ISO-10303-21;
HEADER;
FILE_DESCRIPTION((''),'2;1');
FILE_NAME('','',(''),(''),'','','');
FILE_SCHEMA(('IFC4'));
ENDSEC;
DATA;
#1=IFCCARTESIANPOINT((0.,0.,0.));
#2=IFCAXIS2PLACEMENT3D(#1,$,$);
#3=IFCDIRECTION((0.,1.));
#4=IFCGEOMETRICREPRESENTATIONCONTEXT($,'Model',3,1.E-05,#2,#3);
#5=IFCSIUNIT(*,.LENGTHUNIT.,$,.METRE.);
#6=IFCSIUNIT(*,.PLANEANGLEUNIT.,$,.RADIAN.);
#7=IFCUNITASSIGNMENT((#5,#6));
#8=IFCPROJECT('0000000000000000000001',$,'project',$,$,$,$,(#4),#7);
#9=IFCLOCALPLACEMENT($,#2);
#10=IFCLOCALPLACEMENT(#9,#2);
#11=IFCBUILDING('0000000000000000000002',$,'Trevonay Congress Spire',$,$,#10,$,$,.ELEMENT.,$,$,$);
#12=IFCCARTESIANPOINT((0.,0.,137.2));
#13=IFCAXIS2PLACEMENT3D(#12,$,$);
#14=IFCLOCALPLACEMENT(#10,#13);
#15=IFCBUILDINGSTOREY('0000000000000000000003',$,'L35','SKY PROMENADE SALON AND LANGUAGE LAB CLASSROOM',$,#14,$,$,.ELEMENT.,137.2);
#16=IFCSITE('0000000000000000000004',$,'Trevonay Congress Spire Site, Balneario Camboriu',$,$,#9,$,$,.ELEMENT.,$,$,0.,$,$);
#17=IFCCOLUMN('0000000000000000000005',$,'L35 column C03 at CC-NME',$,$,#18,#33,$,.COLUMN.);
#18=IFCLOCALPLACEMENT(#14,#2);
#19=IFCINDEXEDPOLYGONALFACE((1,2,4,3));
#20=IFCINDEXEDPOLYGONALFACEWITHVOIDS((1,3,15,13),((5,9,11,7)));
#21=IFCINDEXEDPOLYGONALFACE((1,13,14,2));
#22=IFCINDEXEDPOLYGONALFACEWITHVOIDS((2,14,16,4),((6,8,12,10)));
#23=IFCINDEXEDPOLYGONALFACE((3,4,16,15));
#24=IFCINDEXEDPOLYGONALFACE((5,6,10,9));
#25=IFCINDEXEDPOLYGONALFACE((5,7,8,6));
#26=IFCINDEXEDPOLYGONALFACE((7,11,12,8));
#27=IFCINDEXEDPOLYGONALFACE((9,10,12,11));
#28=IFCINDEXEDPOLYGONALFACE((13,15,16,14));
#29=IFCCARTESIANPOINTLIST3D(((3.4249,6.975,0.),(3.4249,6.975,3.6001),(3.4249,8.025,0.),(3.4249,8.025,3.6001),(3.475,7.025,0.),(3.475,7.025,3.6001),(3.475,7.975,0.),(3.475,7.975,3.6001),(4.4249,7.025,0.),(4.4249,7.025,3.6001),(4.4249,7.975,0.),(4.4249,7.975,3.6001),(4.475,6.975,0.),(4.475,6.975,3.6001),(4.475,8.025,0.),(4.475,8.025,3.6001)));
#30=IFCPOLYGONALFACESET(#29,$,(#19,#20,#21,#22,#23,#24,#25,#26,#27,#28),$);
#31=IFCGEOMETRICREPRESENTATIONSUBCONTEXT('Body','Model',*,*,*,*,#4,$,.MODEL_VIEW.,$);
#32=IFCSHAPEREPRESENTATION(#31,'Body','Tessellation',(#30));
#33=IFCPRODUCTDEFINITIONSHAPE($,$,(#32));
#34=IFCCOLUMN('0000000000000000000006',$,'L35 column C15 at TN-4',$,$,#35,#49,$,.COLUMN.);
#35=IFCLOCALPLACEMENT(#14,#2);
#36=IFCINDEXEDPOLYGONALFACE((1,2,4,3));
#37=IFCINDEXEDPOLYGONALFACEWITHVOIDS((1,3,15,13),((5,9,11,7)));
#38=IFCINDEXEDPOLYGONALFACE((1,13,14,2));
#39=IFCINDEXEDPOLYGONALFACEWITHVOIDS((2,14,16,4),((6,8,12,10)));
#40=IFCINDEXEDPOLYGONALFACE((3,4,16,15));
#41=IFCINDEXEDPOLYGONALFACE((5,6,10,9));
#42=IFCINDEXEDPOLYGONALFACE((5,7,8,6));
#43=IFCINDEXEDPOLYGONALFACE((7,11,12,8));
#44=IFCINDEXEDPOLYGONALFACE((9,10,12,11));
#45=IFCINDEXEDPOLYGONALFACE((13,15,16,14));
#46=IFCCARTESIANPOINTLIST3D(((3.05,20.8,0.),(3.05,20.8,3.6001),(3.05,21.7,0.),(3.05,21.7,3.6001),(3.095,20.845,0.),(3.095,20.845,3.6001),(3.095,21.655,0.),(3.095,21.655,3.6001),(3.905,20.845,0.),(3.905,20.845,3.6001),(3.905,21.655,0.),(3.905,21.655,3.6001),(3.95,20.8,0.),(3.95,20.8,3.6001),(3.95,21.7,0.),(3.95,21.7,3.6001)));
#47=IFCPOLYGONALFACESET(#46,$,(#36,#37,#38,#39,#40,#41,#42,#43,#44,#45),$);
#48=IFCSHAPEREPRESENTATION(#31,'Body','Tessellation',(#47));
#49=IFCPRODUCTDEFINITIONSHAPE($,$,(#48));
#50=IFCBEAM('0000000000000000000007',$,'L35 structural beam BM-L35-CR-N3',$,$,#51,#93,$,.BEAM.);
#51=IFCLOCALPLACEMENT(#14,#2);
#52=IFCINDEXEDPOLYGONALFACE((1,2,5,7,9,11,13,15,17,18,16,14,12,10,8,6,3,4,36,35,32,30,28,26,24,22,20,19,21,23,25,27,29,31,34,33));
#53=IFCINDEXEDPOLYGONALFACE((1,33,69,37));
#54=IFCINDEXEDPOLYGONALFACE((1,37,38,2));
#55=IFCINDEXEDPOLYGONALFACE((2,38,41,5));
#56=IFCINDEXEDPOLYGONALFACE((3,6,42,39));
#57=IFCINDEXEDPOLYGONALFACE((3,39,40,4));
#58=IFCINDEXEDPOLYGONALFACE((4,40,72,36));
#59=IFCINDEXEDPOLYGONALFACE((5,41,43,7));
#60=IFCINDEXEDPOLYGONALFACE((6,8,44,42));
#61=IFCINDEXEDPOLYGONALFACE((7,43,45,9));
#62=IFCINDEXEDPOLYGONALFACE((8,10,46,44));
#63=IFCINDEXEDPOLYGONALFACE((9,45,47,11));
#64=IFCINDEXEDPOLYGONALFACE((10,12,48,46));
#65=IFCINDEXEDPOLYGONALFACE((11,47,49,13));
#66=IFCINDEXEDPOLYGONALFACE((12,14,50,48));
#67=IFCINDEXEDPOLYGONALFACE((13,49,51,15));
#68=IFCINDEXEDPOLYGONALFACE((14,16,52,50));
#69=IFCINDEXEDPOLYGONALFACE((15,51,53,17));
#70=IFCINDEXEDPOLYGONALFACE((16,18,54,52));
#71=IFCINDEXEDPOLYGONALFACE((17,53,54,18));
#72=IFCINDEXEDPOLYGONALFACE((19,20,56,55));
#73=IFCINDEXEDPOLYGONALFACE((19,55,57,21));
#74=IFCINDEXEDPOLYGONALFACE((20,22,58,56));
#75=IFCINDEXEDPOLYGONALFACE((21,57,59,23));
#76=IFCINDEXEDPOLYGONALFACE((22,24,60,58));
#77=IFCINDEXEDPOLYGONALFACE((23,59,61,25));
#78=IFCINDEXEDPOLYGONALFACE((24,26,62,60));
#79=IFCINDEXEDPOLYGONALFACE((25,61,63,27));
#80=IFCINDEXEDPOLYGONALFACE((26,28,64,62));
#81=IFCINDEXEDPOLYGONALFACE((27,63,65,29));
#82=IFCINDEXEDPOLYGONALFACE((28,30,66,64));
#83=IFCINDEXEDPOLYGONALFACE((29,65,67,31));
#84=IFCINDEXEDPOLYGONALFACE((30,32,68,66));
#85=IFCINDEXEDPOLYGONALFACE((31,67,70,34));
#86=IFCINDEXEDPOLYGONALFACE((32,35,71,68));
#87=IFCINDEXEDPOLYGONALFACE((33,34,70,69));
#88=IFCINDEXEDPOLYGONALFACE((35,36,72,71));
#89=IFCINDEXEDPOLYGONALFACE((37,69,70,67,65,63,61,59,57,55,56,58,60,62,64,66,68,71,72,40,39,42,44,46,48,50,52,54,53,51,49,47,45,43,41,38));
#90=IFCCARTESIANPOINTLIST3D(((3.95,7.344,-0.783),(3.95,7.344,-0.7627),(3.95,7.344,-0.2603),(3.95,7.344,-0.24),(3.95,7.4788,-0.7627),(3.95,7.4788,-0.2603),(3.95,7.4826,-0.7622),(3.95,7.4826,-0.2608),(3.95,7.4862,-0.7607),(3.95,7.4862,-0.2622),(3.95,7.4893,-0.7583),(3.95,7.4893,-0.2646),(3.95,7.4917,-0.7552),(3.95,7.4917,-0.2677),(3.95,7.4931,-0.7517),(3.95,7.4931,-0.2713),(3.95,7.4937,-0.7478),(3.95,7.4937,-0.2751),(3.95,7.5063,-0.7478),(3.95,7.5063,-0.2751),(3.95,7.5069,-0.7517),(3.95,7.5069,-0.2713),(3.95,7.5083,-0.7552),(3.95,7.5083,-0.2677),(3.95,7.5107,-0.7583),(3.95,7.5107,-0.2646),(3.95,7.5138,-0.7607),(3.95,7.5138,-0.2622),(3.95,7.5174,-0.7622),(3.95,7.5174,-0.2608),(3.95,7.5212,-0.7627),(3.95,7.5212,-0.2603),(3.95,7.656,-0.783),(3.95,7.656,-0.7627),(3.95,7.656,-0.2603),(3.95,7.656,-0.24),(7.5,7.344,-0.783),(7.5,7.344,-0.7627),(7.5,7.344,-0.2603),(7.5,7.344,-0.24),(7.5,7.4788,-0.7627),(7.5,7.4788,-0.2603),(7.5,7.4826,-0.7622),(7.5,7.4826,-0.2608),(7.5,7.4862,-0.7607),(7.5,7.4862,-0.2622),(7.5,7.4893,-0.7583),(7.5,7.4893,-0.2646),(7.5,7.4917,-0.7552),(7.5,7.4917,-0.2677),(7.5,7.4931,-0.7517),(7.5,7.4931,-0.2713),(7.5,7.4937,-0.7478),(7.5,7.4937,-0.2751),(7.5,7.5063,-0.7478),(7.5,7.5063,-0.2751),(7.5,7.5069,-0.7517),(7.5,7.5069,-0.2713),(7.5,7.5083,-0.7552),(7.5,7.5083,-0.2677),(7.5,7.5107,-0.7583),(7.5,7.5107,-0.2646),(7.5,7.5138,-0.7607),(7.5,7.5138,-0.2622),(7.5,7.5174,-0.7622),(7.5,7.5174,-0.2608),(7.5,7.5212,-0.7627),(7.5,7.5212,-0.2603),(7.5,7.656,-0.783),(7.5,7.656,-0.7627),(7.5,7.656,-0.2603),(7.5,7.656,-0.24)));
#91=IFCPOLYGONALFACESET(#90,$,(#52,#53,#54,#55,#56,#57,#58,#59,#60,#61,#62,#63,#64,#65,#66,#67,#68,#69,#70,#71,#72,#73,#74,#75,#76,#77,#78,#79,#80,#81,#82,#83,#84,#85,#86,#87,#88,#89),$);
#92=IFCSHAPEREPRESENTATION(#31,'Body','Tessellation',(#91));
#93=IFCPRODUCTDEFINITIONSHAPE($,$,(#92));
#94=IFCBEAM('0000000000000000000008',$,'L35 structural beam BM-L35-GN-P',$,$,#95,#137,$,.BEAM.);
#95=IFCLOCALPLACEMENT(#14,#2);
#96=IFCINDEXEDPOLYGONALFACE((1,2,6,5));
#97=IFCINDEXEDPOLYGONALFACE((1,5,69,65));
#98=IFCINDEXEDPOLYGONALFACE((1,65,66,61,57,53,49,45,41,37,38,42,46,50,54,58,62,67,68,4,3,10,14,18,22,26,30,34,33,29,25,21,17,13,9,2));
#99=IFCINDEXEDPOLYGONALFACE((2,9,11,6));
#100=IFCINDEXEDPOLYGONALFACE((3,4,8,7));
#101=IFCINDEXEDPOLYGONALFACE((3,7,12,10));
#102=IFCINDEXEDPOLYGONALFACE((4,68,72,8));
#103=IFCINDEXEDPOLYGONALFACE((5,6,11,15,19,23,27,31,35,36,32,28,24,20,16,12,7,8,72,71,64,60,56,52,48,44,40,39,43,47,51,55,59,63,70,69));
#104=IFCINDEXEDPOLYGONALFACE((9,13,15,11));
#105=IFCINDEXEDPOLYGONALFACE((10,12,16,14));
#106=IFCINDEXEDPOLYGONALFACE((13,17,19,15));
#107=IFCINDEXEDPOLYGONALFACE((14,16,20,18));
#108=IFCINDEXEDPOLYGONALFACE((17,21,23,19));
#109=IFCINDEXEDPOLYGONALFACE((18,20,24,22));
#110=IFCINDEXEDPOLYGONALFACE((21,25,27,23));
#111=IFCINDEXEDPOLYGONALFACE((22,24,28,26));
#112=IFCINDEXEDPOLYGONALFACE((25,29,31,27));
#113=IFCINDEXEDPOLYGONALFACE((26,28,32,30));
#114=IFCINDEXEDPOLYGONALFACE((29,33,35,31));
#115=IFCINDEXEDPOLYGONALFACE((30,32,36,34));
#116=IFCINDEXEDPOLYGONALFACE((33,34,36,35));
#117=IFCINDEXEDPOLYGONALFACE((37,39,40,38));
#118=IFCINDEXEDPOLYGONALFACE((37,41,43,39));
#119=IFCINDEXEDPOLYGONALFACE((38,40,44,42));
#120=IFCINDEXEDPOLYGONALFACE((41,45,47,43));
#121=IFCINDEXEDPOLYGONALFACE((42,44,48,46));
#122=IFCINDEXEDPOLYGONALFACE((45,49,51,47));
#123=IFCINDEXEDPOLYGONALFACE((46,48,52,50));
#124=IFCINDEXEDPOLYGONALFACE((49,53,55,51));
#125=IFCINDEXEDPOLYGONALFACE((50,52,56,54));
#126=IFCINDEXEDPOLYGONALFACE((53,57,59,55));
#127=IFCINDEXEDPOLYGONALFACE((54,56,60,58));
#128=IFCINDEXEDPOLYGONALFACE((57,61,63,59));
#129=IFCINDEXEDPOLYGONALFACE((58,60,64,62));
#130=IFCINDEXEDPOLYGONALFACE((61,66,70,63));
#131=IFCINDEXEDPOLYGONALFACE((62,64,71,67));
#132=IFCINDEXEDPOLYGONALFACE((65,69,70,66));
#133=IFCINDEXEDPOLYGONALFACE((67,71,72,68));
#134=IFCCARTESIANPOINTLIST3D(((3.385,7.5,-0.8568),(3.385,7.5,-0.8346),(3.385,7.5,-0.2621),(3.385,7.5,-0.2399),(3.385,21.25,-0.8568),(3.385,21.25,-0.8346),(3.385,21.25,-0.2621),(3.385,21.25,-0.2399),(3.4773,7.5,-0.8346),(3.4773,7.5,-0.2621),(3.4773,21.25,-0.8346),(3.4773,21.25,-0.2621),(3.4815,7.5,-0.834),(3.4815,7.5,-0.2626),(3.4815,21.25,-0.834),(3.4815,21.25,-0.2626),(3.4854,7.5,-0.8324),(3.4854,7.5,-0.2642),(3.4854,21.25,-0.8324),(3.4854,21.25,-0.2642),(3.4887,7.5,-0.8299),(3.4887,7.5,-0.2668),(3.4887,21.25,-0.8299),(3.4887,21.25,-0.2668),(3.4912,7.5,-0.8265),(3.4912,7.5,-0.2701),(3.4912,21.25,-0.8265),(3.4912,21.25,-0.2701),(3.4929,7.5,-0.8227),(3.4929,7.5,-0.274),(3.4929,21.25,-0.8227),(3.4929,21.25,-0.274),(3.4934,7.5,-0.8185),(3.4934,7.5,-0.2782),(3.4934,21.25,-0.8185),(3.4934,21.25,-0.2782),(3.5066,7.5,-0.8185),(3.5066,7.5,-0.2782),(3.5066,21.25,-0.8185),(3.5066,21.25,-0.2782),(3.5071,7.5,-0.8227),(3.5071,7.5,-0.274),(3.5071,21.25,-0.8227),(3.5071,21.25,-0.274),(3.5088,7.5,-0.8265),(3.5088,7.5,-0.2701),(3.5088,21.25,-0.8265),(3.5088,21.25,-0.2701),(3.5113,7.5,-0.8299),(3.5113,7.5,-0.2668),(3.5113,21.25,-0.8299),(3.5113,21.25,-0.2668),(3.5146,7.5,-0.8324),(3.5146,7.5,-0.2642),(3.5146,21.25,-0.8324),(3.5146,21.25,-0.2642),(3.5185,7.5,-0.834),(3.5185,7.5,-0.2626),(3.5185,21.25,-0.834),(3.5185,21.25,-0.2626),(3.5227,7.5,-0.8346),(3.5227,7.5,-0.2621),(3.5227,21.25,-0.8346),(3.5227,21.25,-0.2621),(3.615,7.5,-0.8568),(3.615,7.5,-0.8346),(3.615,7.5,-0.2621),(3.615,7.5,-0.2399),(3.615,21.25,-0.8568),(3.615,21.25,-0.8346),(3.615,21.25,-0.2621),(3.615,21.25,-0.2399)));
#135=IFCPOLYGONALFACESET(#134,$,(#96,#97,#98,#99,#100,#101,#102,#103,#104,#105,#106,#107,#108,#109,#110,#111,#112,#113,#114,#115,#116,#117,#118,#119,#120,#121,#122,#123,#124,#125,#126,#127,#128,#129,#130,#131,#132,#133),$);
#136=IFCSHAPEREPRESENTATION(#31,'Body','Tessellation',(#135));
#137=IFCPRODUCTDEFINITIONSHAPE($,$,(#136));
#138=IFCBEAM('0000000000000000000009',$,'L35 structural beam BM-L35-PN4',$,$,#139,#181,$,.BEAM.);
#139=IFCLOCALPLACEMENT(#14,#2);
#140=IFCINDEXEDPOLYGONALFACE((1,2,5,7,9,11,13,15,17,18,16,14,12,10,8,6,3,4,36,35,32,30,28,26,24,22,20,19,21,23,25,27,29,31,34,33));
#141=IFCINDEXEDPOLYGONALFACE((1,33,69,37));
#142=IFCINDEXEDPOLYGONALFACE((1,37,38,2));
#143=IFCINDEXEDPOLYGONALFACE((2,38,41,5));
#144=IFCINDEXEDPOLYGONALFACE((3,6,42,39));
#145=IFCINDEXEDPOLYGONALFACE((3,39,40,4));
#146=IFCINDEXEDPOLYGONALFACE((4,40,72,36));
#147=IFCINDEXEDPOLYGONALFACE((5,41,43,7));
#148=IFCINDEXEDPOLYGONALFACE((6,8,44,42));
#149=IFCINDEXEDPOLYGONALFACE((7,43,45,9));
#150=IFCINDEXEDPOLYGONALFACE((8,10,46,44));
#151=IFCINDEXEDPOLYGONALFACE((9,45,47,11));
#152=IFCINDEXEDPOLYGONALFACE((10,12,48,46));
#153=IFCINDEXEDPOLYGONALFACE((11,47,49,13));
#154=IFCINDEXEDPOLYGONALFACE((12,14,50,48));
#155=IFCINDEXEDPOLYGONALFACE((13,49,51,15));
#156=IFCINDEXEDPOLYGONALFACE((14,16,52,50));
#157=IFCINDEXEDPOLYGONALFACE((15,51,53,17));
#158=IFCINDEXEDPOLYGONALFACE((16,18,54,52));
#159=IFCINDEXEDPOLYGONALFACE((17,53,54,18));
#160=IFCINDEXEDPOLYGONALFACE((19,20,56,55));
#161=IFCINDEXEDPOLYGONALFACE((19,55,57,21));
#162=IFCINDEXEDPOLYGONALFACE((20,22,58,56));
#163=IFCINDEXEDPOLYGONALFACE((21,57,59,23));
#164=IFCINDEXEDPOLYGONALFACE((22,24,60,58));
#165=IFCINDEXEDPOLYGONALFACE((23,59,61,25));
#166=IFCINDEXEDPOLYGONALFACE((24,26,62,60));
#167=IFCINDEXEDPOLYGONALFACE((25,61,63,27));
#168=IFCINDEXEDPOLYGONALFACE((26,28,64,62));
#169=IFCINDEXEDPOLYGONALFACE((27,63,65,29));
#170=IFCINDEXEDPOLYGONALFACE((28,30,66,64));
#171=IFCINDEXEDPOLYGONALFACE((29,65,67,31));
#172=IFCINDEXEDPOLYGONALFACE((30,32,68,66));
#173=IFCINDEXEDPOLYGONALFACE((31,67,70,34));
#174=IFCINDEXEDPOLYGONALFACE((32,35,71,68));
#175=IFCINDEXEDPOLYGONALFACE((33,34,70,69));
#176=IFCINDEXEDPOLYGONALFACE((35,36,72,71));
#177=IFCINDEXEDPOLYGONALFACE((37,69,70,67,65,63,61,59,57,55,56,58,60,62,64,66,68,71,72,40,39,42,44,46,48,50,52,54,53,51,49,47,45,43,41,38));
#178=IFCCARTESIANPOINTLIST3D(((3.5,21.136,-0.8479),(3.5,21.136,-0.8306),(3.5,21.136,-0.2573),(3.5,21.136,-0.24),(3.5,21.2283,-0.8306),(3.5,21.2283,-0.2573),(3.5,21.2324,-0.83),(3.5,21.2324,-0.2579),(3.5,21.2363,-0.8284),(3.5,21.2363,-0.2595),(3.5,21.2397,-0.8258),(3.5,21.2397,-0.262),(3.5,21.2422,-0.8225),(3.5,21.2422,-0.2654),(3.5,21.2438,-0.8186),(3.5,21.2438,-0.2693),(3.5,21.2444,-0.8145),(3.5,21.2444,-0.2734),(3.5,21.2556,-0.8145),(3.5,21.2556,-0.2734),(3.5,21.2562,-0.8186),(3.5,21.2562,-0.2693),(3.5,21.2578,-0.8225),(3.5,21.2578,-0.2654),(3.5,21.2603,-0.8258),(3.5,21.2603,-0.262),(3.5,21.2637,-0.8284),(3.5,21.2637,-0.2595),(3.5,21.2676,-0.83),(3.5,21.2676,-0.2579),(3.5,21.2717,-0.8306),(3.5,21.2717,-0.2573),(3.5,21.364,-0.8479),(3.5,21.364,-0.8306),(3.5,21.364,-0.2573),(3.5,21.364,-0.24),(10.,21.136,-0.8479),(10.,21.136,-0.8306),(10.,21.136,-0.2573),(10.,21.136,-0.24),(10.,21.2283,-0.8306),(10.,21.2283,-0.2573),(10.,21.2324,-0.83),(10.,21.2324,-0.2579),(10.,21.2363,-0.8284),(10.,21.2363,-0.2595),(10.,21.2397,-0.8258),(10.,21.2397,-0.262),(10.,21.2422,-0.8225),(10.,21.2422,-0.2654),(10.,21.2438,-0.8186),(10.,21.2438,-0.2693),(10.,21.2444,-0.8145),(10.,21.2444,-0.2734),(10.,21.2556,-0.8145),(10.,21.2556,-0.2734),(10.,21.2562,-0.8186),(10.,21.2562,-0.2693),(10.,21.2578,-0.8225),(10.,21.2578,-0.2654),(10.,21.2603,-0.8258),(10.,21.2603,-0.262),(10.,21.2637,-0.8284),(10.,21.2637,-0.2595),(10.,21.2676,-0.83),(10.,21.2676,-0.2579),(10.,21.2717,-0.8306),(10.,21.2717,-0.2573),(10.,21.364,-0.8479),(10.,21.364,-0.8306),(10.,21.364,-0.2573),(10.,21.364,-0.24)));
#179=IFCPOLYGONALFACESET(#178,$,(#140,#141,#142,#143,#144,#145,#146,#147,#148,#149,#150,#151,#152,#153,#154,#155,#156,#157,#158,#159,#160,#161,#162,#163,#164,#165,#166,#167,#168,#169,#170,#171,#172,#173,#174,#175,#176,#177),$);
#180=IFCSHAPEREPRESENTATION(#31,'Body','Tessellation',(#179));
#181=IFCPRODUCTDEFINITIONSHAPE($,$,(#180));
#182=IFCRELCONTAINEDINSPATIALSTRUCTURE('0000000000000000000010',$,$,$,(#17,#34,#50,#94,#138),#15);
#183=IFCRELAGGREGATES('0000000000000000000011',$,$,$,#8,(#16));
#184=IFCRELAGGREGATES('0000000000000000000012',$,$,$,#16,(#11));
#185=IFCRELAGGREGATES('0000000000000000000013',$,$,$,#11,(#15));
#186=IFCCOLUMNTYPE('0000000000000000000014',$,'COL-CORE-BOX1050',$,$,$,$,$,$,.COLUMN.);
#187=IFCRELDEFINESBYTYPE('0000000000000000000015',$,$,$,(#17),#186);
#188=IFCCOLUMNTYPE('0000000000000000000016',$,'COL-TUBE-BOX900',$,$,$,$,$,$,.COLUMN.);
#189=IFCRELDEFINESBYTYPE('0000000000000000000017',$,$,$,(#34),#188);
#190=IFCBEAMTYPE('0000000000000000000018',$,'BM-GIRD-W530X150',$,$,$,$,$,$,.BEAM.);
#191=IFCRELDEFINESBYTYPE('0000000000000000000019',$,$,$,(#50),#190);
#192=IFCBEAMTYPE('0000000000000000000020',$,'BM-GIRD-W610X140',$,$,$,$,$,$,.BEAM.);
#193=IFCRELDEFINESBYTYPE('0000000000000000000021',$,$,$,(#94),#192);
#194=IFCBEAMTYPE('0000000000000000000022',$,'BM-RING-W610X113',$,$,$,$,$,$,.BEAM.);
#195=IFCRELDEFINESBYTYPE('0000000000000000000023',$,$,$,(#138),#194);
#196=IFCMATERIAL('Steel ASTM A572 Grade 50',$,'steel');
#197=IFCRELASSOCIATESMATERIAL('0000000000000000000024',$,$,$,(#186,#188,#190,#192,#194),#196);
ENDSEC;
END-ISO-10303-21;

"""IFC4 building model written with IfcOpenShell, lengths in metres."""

from ifc_helpers import new_model, si_unit, direction, frame, origin, origin_2d, place, context, subcontext, project, spatial, hollow_rectangle, i_section, extrude, material, material_profile, profile_set, type_object, element, save


model = new_model("IFC4")

# Units and contexts
model_context = context("Model", 3, precision=1e-05, world=origin(), true_north=direction((0.0, 1.0)))
body_context = subcontext(model_context, "Body", "Model", "MODEL_VIEW")
ifc_project = project(units=[si_unit("LENGTHUNIT", "METRE"), si_unit("PLANEANGLEUNIT", "RADIAN")], contexts=[model_context])

# Site, building, storey
site_placement = place(None, origin())
site = spatial("IfcSite", under=ifc_project, at=site_placement, Name="Trevonay Congress Spire Site, Balneario Camboriu", CompositionType="ELEMENT", RefElevation=0.0)
building_placement = place(site_placement, origin())
building = spatial("IfcBuilding", under=site, at=building_placement, Name="Trevonay Congress Spire", CompositionType="ELEMENT")
storey_placement = place(building_placement, frame((0.0, 0.0, 137.2)))
storey = spatial("IfcBuildingStorey", under=building, at=storey_placement, Name="L35", Description="SKY PROMENADE SALON AND LANGUAGE LAB CLASSROOM", CompositionType="ELEMENT", Elevation=137.2)

# Columns
ifc_material_1 = material(Name="Steel ASTM A572 Grade 50", Category="steel")
ifc_material_profile_1 = material_profile(ifc_material_1, hollow_rectangle(XDim=1.05, YDim=1.05, WallThickness=0.05, at=origin_2d()), Name="BOX 1050x1050x50")
ifc_profile_set_1 = profile_set([ifc_material_profile_1], Name="Steel ASTM A572 Grade 50")
column_type_1 = type_object("IfcColumnType", Name="COL-CORE-BOX1050", PredefinedType="COLUMN", material=ifc_profile_set_1)
column_1_placement = place(storey_placement, frame((3.95, 7.5, 0.0), z_axis=(0.0, 0.0, 1.0), x_axis=(1.0, 0.0, 0.0)))
element("IfcColumn", 1, at=column_1_placement, inside=storey, type_object=column_type_1, Name="L35 column C03 at CC-NME", PredefinedType="COLUMN", context=body_context, shape_type="SweptSolid", body=[
    extrude(hollow_rectangle(XDim=1.05, YDim=1.05, WallThickness=0.05, at=origin_2d()), origin(), (0.0, 0.0, 1.0), 3.6001),
])
ifc_material_profile_2 = material_profile(ifc_material_1, hollow_rectangle(XDim=0.8999, YDim=0.8999, WallThickness=0.0449, at=origin_2d()), Name="BOX 900x900x45")
ifc_profile_set_2 = profile_set([ifc_material_profile_2], Name="Steel ASTM A572 Grade 50")
column_type_2 = type_object("IfcColumnType", Name="COL-TUBE-BOX900", PredefinedType="COLUMN", material=ifc_profile_set_2)
column_2_placement = place(storey_placement, frame((3.5, 21.25, 0.0), z_axis=(0.0, 0.0, 1.0), x_axis=(1.0, 0.0, 0.0)))
element("IfcColumn", 2, at=column_2_placement, inside=storey, type_object=column_type_2, Name="L35 column C15 at TN-4", PredefinedType="COLUMN", context=body_context, shape_type="SweptSolid", body=[
    extrude(hollow_rectangle(XDim=0.8999, YDim=0.8999, WallThickness=0.0449, at=origin_2d()), origin(), (0.0, 0.0, 1.0), 3.6001),
])

# Beams
ifc_material_profile_3 = material_profile(ifc_material_1, i_section(OverallWidth=0.312, OverallDepth=0.543, WebThickness=0.0127, FlangeThickness=0.0203, FilletRadius=0.0149, at=origin_2d()), Name="W530x150")
ifc_profile_set_3 = profile_set([ifc_material_profile_3], Name="Steel ASTM A572 Grade 50")
beam_type_1 = type_object("IfcBeamType", Name="BM-GIRD-W530X150", PredefinedType="BEAM", material=ifc_profile_set_3)
beam_1_placement = place(storey_placement, frame((3.95, 7.5, -0.5115), z_axis=(1.0, 0.0, 0.0), x_axis=(0.0, 1.0, 0.0)))
element("IfcBeam", 3, at=beam_1_placement, inside=storey, type_object=beam_type_1, Name="L35 structural beam BM-L35-CR-N3", PredefinedType="BEAM", context=body_context, shape_type="SweptSolid", body=[
    extrude(i_section(OverallWidth=0.312, OverallDepth=0.543, WebThickness=0.0127, FlangeThickness=0.0203, FilletRadius=0.0149, at=origin_2d()), origin(), (0.0, 0.0, 1.0), 3.55),
])
ifc_material_profile_4 = material_profile(ifc_material_1, i_section(OverallWidth=0.23, OverallDepth=0.6169, WebThickness=0.0132, FlangeThickness=0.0222, FilletRadius=0.0161, at=origin_2d()), Name="W610x140")
ifc_profile_set_4 = profile_set([ifc_material_profile_4], Name="Steel ASTM A572 Grade 50")
beam_type_2 = type_object("IfcBeamType", Name="BM-GIRD-W610X140", PredefinedType="BEAM", material=ifc_profile_set_4)
beam_2_placement = place(storey_placement, frame((3.5, 7.5, -0.5483), z_axis=(0.0, 1.0, 0.0), x_axis=(-1.0, 0.0, 0.0)))
element("IfcBeam", 4, at=beam_2_placement, inside=storey, type_object=beam_type_2, Name="L35 structural beam BM-L35-GN-P", PredefinedType="BEAM", context=body_context, shape_type="SweptSolid", body=[
    extrude(i_section(OverallWidth=0.23, OverallDepth=0.6169, WebThickness=0.0132, FlangeThickness=0.0222, FilletRadius=0.0161, at=origin_2d()), origin(), (0.0, 0.0, 1.0), 13.75),
])
ifc_material_profile_5 = material_profile(ifc_material_1, i_section(OverallWidth=0.228, OverallDepth=0.6079, WebThickness=0.0112, FlangeThickness=0.0173, FilletRadius=0.0161, at=origin_2d()), Name="W610x113")
ifc_profile_set_5 = profile_set([ifc_material_profile_5], Name="Steel ASTM A572 Grade 50")
beam_type_3 = type_object("IfcBeamType", Name="BM-RING-W610X113", PredefinedType="BEAM", material=ifc_profile_set_5)
beam_3_placement = place(storey_placement, frame((3.5, 21.25, -0.5439), z_axis=(1.0, 0.0, 0.0), x_axis=(0.0, 1.0, 0.0)))
element("IfcBeam", 5, at=beam_3_placement, inside=storey, type_object=beam_type_3, Name="L35 structural beam BM-L35-PN4", PredefinedType="BEAM", context=body_context, shape_type="SweptSolid", body=[
    extrude(i_section(OverallWidth=0.228, OverallDepth=0.6079, WebThickness=0.0112, FlangeThickness=0.0173, FilletRadius=0.0161, at=origin_2d()), origin(), (0.0, 0.0, 1.0), 6.5),
])

save(model, "model.ifc")
